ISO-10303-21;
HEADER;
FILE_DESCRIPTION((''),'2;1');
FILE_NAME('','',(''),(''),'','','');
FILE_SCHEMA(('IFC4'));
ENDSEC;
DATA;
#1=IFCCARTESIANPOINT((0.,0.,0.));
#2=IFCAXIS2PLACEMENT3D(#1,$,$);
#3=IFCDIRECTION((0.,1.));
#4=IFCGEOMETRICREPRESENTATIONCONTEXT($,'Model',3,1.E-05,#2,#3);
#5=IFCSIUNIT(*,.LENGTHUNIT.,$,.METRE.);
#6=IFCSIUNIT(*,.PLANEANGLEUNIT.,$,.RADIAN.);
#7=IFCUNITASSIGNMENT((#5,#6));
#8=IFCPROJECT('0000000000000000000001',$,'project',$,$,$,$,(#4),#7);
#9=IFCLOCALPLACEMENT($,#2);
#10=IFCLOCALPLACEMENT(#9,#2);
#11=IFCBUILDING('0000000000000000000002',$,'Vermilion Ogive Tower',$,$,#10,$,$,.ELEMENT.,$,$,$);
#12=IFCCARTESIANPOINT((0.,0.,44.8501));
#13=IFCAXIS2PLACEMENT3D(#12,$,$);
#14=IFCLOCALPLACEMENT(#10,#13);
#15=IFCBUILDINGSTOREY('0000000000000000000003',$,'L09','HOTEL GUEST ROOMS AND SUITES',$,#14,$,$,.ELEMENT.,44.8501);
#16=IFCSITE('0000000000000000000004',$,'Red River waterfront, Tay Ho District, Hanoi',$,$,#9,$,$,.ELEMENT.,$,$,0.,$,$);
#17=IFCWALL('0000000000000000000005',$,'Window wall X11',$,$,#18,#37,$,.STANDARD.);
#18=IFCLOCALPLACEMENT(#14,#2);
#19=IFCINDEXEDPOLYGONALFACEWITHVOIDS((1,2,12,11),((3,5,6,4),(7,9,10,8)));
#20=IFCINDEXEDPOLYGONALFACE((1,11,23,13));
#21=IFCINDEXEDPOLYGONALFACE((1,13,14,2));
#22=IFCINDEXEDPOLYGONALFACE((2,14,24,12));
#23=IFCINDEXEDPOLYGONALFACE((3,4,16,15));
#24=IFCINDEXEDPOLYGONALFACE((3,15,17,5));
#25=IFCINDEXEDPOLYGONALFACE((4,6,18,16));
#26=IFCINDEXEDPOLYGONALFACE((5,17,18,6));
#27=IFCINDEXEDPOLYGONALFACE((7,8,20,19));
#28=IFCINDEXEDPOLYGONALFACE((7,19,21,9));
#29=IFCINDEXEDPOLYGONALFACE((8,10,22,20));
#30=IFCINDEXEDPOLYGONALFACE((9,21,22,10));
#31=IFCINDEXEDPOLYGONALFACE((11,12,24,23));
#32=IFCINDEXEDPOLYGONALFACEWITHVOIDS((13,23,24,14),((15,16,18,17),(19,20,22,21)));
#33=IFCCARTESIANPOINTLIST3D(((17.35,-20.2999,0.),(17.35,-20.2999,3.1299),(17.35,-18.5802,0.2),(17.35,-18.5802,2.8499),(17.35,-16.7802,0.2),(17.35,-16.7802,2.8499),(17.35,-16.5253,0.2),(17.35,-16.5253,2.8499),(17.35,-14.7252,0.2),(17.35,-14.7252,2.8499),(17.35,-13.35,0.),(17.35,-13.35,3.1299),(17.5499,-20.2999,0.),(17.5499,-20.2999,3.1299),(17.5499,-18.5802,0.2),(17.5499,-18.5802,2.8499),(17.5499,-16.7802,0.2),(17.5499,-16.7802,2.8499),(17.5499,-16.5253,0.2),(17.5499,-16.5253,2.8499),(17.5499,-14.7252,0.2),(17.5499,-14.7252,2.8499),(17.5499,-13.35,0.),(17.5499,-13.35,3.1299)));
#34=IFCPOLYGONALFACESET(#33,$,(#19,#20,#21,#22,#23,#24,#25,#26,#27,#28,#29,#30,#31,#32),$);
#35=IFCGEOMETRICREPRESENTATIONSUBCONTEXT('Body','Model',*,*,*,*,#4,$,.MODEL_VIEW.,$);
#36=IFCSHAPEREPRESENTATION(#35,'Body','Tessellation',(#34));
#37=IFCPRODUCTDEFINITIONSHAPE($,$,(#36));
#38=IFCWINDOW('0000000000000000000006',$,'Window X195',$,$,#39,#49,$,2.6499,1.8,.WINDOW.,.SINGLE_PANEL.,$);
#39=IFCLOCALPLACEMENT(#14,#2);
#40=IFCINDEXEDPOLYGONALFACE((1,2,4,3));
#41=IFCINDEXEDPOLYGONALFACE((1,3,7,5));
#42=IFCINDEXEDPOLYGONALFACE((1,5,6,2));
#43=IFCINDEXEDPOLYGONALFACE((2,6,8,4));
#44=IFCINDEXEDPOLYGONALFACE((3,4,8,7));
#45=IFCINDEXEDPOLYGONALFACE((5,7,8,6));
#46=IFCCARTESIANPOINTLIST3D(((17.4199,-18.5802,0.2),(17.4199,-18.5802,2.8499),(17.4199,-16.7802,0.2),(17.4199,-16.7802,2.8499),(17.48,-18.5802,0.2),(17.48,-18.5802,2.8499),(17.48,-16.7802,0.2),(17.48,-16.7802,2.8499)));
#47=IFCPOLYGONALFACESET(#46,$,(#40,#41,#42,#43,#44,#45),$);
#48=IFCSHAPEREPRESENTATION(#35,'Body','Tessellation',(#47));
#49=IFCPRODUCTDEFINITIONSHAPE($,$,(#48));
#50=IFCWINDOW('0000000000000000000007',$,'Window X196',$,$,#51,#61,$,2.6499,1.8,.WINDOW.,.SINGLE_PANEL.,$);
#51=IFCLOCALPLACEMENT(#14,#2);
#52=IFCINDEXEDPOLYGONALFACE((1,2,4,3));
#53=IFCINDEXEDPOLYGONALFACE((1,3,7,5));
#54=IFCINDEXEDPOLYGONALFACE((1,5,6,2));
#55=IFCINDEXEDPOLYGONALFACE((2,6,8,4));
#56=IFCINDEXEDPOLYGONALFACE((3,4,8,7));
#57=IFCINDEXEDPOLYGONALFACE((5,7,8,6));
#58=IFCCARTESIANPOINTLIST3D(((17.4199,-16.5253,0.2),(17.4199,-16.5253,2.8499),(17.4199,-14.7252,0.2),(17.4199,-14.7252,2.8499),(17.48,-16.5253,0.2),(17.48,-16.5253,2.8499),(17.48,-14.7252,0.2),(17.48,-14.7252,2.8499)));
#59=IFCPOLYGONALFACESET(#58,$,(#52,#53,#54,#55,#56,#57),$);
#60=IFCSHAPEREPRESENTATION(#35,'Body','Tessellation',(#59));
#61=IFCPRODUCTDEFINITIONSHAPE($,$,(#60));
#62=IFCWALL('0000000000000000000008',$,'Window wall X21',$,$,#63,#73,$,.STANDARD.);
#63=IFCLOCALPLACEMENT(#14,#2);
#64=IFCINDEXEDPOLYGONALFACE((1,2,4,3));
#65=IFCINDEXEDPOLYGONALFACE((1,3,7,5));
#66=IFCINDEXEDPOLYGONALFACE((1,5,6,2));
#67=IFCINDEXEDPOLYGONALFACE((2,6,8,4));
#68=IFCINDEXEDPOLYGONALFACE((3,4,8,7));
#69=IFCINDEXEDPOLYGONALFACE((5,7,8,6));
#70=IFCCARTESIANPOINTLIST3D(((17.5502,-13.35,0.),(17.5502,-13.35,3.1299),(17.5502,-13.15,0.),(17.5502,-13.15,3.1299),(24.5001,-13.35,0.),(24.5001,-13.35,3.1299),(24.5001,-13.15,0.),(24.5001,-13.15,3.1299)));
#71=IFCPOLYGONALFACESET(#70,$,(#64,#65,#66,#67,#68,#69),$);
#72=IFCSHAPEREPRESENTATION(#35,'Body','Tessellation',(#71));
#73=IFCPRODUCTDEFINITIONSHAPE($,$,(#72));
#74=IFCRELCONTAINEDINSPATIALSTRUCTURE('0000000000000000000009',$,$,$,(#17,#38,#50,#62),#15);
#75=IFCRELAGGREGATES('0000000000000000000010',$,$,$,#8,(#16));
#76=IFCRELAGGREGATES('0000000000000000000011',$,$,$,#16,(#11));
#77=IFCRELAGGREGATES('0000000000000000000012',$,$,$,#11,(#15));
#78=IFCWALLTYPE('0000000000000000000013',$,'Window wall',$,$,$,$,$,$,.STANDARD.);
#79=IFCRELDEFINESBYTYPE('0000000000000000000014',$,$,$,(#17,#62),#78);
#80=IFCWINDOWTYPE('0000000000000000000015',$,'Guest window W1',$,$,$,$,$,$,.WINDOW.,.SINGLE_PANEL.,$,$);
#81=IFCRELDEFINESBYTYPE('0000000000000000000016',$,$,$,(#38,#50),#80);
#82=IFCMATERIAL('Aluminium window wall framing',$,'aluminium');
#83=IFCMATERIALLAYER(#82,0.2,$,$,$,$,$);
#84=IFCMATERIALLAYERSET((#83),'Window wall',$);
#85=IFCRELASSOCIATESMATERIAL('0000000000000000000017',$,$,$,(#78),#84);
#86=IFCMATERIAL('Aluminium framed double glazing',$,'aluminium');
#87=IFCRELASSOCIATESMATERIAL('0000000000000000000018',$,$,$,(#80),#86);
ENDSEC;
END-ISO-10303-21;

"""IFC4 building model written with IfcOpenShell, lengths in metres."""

from ifc_helpers import new_model, si_unit, direction, frame, frame_2d, origin, place, context, subcontext, project, spatial, rectangle, extrude, material, layer, layer_set, type_object, element, fill, save


model = new_model("IFC4")

# Units and contexts
model_context = context("Model", 3, precision=1e-05, world=origin(), true_north=direction((0.0, 1.0)))
body_context = subcontext(model_context, "Body", "Model", "MODEL_VIEW")
ifc_project = project(units=[si_unit("LENGTHUNIT", "METRE"), si_unit("PLANEANGLEUNIT", "RADIAN")], contexts=[model_context])

# Site, building, storey
site_placement = place(None, origin())
site = spatial("IfcSite", under=ifc_project, at=site_placement, Name="Red River waterfront, Tay Ho District, Hanoi", CompositionType="ELEMENT", RefElevation=0.0)
building_placement = place(site_placement, origin())
building = spatial("IfcBuilding", under=site, at=building_placement, Name="Vermilion Ogive Tower", CompositionType="ELEMENT")
storey_placement = place(building_placement, frame((0.0, 0.0, 44.8501)))
storey = spatial("IfcBuildingStorey", under=building, at=storey_placement, Name="L09", Description="HOTEL GUEST ROOMS AND SUITES", CompositionType="ELEMENT", Elevation=44.8501)

# Wall, openings, windows
ifc_material_1 = material(Name="Aluminium window wall framing", Category="aluminium")
ifc_layer_1 = layer(ifc_material_1, 0.2)
ifc_layer_set_1 = layer_set([ifc_layer_1], Name="Window wall")
wall_type_1 = type_object("IfcWallType", Name="Window wall", PredefinedType="STANDARD", material=ifc_layer_set_1)
wall_1_placement = place(storey_placement, frame((17.45, -20.3, 0.0), z_axis=(0.0, 0.0, 1.0), x_axis=(0.0, 1.0, 0.0)))
wall_1 = element("IfcWall", 1, at=wall_1_placement, inside=storey, type_object=wall_type_1, Name="Window wall X11", PredefinedType="STANDARD", context=body_context, shape_type="SweptSolid", body=[
    extrude(rectangle(XDim=6.95, YDim=0.2, at=frame_2d((3.4751, 0.0))), origin(), (0.0, 0.0, 1.0), 3.1299),
])
opening_1_placement = place(wall_1_placement, frame((1.72, 0.0, 0.2)))
opening_1 = element("IfcOpeningElement", 2, at=opening_1_placement, cuts=wall_1, PredefinedType="OPENING", context=body_context, shape_type="SweptSolid", body=[
    extrude(rectangle(XDim=1.8, YDim=2.6499, at=frame_2d((0.8999, 1.325))), frame((0.0, 0.1099, 0.0), z_axis=(0.0, -1.0, 0.0), x_axis=(1.0, 0.0, 0.0)), (0.0, 0.0, 1.0), 0.22),
])
opening_2_placement = place(wall_1_placement, frame((3.7749, 0.0, 0.2)))
opening_2 = element("IfcOpeningElement", 3, at=opening_2_placement, cuts=wall_1, PredefinedType="OPENING", context=body_context, shape_type="SweptSolid", body=[
    extrude(rectangle(XDim=1.8, YDim=2.6499, at=frame_2d((0.8999, 1.325))), frame((0.0, 0.1099, 0.0), z_axis=(0.0, -1.0, 0.0), x_axis=(1.0, 0.0, 0.0)), (0.0, 0.0, 1.0), 0.22),
])
ifc_material_2 = material(Name="Aluminium framed double glazing", Category="aluminium")
window_type = type_object("IfcWindowType", Name="Guest window W1", PartitioningType="SINGLE_PANEL", PredefinedType="WINDOW", material=ifc_material_2)
window_1_placement = place(opening_1_placement, origin())
window_1 = element("IfcWindow", 4, at=window_1_placement, inside=storey, type_object=window_type, Name="Window X195", OverallHeight=2.6499, OverallWidth=1.8, PartitioningType="SINGLE_PANEL", PredefinedType="WINDOW", context=body_context, shape_type="SweptSolid", body=[
    extrude(rectangle(XDim=1.8, YDim=2.6499, at=frame_2d((0.8999, 1.325))), frame((0.0, 0.03, 0.0), z_axis=(0.0, -1.0, 0.0), x_axis=(1.0, 0.0, 0.0)), (0.0, 0.0, 1.0), 0.0601),
])
fill(opening_1, window_1)
window_2_placement = place(opening_2_placement, origin())
window_2 = element("IfcWindow", 5, at=window_2_placement, inside=storey, type_object=window_type, Name="Window X196", OverallHeight=2.6499, OverallWidth=1.8, PartitioningType="SINGLE_PANEL", PredefinedType="WINDOW", context=body_context, shape_type="SweptSolid", body=[
    extrude(rectangle(XDim=1.8, YDim=2.6499, at=frame_2d((0.8999, 1.325))), frame((0.0, 0.03, 0.0), z_axis=(0.0, -1.0, 0.0), x_axis=(1.0, 0.0, 0.0)), (0.0, 0.0, 1.0), 0.0601),
])
fill(opening_2, window_2)

# Wall
wall_2_placement = place(storey_placement, frame((17.55, -13.25, 0.0), z_axis=(0.0, 0.0, 1.0), x_axis=(1.0, 0.0, 0.0)))
element("IfcWall", 6, at=wall_2_placement, inside=storey, type_object=wall_type_1, Name="Window wall X21", PredefinedType="STANDARD", context=body_context, shape_type="SweptSolid", body=[
    extrude(rectangle(XDim=6.95, YDim=0.2, at=frame_2d((3.4751, 0.0))), origin(), (0.0, 0.0, 1.0), 3.1299),
])

save(model, "model.ifc")
